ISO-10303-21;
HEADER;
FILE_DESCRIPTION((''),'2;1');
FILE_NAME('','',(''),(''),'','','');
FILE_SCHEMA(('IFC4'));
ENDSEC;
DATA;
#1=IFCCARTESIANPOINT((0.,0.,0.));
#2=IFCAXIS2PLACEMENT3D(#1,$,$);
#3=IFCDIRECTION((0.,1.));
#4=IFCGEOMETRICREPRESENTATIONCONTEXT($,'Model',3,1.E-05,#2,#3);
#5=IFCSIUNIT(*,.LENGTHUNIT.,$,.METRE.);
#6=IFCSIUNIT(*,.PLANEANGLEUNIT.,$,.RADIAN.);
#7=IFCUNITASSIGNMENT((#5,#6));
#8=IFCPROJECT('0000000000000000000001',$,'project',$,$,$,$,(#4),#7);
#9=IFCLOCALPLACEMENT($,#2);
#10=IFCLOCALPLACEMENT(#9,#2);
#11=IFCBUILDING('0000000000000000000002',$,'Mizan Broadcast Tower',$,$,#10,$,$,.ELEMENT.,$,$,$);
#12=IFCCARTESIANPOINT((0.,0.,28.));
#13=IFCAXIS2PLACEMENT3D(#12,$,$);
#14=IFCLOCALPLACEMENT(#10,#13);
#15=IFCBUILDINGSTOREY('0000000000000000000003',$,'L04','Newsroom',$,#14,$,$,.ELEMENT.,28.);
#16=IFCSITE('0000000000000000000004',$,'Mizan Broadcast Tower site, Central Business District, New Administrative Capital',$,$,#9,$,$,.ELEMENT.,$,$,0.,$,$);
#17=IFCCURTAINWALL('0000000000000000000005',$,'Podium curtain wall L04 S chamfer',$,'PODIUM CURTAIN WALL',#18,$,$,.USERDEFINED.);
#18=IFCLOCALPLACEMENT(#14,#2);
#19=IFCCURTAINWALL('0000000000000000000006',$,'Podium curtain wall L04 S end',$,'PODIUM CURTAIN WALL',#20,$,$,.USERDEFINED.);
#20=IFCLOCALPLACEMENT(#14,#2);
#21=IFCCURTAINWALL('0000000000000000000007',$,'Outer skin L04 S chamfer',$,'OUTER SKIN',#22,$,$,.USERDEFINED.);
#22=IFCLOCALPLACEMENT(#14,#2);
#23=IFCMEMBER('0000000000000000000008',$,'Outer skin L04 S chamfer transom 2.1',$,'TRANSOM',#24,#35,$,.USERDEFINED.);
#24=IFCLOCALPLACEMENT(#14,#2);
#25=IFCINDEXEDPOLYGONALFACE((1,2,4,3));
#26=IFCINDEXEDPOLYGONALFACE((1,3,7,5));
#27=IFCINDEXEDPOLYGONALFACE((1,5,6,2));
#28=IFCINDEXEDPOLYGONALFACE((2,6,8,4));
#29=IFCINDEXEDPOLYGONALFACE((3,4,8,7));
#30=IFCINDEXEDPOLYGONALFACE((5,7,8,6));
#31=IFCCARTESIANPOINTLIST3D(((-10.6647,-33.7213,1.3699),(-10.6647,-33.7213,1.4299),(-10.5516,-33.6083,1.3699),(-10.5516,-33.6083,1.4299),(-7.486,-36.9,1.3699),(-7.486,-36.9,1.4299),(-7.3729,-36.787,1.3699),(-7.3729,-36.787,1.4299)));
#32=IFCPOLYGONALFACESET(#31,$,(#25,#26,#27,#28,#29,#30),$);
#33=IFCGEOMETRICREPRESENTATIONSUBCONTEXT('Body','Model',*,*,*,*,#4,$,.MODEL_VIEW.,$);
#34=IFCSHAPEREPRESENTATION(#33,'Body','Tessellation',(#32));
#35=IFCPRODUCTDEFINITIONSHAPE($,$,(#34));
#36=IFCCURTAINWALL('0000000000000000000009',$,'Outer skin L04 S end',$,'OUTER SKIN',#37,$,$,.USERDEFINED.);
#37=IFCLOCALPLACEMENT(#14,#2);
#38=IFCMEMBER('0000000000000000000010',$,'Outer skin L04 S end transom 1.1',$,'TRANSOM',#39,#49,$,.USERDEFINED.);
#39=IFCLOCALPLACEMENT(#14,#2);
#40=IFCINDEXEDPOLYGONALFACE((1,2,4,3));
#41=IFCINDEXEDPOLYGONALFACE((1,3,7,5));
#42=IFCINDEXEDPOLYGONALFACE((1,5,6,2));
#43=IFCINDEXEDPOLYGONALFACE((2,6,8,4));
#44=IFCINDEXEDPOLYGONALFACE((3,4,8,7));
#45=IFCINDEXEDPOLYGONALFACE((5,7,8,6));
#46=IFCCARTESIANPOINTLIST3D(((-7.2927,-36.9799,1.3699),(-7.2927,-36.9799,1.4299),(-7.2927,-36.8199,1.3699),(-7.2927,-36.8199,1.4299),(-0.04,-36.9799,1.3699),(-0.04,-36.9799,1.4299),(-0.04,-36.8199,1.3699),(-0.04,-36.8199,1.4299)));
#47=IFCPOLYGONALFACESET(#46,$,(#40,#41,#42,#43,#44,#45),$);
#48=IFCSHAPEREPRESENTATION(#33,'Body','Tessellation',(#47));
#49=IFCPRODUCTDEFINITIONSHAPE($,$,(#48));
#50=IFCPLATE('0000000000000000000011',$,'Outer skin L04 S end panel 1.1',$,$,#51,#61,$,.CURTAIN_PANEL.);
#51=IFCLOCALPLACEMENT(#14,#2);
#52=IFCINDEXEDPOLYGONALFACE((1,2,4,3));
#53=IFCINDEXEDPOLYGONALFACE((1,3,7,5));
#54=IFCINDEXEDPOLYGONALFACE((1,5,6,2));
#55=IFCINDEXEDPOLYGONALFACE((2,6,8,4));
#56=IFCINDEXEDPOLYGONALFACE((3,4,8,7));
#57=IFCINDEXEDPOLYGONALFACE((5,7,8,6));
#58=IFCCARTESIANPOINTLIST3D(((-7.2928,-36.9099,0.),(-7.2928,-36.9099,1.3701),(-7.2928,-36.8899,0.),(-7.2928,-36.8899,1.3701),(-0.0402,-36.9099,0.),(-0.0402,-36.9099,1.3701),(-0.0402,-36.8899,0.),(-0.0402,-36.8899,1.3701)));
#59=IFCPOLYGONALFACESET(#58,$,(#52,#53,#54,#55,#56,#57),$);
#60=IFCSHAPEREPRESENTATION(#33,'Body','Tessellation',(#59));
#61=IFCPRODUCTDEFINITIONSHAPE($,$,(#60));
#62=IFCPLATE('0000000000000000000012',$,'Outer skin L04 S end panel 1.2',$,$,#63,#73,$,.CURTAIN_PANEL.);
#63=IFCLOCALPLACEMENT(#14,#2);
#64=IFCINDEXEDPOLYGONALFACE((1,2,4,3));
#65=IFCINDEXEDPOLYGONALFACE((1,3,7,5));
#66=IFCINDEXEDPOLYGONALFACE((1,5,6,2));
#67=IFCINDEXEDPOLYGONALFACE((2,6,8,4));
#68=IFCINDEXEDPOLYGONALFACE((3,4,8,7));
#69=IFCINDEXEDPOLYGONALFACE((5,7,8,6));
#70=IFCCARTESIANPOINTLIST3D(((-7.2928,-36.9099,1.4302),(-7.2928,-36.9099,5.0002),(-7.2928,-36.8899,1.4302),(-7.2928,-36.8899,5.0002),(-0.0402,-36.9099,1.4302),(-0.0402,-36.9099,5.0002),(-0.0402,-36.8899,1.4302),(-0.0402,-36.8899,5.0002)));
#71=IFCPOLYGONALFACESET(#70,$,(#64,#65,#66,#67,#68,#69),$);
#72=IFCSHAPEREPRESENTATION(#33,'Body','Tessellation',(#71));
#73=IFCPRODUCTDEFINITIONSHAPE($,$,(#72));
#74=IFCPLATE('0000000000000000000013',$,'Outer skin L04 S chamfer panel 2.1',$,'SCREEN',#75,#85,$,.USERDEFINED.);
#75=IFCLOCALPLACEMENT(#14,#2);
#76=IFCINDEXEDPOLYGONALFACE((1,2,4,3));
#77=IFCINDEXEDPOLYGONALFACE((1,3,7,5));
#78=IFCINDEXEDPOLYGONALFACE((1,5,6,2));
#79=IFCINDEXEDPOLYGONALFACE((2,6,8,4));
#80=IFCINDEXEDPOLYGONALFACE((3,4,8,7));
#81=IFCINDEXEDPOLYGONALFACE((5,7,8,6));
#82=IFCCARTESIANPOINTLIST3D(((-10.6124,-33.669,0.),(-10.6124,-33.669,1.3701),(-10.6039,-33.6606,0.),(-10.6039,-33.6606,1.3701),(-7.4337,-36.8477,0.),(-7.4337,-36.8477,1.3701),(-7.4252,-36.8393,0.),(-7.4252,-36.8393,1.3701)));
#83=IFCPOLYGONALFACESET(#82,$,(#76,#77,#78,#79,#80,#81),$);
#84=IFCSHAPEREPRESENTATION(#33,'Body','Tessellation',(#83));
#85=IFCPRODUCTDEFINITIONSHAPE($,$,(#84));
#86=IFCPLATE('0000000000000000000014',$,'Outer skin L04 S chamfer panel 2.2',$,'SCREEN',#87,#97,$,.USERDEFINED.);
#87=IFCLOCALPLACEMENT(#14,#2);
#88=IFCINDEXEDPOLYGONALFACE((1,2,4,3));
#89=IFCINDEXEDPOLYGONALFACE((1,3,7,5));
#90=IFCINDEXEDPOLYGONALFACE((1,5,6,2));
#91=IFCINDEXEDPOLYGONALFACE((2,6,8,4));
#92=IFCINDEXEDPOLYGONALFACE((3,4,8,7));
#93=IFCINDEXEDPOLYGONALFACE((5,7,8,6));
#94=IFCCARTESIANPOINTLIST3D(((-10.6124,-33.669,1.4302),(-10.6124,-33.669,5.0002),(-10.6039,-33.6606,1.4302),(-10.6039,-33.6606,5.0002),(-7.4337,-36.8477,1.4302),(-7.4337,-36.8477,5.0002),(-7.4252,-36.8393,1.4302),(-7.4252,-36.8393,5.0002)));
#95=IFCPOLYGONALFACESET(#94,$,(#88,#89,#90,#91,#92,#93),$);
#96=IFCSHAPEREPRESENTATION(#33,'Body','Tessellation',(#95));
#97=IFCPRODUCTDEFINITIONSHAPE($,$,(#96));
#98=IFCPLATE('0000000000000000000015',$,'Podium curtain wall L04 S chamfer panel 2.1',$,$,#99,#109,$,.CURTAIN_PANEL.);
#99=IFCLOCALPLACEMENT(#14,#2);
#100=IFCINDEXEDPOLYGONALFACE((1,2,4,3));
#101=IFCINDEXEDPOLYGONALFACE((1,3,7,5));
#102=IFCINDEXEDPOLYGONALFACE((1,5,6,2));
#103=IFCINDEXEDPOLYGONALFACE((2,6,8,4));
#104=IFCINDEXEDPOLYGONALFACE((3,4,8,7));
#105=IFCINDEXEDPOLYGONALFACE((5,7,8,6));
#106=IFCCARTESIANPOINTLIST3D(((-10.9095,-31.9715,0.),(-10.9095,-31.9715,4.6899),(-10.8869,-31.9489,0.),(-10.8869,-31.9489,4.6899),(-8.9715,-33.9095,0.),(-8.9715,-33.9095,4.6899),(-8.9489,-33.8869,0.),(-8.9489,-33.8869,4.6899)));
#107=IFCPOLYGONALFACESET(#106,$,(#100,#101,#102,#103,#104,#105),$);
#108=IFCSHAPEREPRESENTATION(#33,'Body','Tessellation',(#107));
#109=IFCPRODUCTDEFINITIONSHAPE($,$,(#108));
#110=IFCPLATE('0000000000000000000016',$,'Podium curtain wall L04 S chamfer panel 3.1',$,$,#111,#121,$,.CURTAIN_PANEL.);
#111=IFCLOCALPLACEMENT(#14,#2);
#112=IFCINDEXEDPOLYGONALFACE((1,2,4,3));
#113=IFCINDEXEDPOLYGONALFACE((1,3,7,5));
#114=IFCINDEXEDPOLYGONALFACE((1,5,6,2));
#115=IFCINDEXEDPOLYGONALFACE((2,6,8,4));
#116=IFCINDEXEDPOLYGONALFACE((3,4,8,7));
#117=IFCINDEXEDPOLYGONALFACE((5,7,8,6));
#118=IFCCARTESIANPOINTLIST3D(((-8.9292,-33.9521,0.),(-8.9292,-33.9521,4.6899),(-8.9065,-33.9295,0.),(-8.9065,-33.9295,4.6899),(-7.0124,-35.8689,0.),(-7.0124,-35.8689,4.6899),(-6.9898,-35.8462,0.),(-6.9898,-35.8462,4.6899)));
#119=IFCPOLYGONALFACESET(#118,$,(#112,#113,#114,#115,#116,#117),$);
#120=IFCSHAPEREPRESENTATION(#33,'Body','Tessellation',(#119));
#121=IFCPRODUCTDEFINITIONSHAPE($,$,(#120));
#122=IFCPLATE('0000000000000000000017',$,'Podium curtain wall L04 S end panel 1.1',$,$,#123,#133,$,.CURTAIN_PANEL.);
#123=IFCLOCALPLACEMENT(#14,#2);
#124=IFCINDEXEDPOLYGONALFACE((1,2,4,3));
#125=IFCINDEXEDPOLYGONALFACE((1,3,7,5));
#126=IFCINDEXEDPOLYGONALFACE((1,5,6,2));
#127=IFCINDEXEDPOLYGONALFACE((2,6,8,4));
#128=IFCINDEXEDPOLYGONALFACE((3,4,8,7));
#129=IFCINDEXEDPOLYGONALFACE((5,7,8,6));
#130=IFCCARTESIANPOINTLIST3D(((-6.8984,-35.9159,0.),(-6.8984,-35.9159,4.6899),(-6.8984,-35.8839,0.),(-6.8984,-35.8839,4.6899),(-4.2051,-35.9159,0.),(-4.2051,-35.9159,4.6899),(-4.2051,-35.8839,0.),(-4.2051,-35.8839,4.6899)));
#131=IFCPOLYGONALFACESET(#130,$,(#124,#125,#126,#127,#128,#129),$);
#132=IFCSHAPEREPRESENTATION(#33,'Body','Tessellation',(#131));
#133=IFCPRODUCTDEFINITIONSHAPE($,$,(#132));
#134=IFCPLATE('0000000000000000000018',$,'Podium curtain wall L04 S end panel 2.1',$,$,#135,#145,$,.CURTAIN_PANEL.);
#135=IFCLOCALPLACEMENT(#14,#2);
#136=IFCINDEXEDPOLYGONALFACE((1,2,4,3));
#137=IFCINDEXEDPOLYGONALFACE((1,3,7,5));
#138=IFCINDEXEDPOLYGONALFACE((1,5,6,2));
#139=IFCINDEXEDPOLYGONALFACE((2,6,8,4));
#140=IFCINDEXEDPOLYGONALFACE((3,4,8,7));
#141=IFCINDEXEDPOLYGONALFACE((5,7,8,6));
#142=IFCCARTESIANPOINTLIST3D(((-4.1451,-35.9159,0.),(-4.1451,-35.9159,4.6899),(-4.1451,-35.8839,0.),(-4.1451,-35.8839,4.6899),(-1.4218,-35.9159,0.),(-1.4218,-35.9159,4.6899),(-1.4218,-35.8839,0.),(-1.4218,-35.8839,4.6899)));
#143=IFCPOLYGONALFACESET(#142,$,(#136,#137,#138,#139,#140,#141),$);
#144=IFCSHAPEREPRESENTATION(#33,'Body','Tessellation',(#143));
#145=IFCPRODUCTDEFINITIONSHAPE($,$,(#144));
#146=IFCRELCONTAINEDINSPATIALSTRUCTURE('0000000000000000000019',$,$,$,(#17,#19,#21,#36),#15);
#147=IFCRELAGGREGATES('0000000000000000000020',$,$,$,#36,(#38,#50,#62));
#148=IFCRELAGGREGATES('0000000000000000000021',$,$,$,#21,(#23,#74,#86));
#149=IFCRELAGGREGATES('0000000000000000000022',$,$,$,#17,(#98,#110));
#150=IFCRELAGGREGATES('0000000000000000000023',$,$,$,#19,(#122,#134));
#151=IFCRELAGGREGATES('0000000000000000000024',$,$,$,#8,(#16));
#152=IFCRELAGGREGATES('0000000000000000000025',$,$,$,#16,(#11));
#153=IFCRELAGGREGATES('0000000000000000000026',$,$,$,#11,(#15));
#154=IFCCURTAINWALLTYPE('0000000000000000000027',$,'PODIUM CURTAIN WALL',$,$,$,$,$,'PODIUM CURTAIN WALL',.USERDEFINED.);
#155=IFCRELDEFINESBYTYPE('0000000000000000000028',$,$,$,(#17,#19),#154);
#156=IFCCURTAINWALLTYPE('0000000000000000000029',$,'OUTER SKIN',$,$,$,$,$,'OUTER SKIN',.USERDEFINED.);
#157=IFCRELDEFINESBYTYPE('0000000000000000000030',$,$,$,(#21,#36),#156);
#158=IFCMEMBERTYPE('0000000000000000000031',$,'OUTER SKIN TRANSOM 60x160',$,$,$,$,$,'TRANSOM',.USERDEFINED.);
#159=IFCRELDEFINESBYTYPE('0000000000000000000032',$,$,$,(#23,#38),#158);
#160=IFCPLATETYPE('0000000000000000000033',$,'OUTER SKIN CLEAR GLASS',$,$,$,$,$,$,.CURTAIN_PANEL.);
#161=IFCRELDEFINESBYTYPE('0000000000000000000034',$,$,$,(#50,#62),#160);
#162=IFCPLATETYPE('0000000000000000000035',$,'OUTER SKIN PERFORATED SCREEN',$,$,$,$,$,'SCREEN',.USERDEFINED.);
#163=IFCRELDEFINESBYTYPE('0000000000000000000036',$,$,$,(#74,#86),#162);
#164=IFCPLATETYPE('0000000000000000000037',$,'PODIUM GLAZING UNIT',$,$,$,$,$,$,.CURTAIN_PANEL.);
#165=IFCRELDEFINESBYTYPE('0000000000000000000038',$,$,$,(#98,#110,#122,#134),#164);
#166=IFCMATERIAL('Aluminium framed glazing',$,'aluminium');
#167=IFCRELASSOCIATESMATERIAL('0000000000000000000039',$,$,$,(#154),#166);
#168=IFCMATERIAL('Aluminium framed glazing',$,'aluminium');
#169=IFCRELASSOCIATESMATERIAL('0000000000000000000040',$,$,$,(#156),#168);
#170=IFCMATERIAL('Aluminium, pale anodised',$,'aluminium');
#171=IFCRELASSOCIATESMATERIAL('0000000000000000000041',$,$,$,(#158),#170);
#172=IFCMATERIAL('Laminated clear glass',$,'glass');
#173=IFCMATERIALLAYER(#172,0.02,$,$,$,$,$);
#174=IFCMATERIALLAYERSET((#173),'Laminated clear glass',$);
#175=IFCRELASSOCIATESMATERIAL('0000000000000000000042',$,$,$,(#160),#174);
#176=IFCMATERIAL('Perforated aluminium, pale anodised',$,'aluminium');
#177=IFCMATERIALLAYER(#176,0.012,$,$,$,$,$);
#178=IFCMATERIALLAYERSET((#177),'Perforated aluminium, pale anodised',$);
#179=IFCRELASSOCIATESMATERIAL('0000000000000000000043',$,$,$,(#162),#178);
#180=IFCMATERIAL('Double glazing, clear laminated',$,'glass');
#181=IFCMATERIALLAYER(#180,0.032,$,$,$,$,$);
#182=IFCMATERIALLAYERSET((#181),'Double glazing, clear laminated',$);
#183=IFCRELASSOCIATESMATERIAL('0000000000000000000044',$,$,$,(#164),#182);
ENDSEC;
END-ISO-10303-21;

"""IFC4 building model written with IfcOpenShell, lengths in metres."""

from ifc_helpers import new_model, si_unit, direction, frame, origin, origin_2d, place, context, subcontext, project, spatial, rectangle, extrude, material, layer, layer_set, material_profile, profile_set, type_object, element, aggregate, save


model = new_model("IFC4")

# Units and contexts
model_context = context("Model", 3, precision=1e-05, world=origin(), true_north=direction((0.0, 1.0)))
body_context = subcontext(model_context, "Body", "Model", "MODEL_VIEW")
ifc_project = project(units=[si_unit("LENGTHUNIT", "METRE"), si_unit("PLANEANGLEUNIT", "RADIAN")], contexts=[model_context])

# Site, building, storey
site_placement = place(None, origin())
site = spatial("IfcSite", under=ifc_project, at=site_placement, Name="Mizan Broadcast Tower site, Central Business District, New Administrative Capital", CompositionType="ELEMENT", RefElevation=0.0)
building_placement = place(site_placement, origin())
building = spatial("IfcBuilding", under=site, at=building_placement, Name="Mizan Broadcast Tower", CompositionType="ELEMENT")
storey_placement = place(building_placement, frame((0.0, 0.0, 28.0)))
storey = spatial("IfcBuildingStorey", under=building, at=storey_placement, Name="L04", Description="Newsroom", CompositionType="ELEMENT", Elevation=28.0)

# Curtain walls
ifc_material_1 = material(Name="Aluminium framed glazing", Category="aluminium")
curtain_wall_type_1 = type_object("IfcCurtainWallType", Name="PODIUM CURTAIN WALL", ElementType="PODIUM CURTAIN WALL", PredefinedType="USERDEFINED", material=ifc_material_1)
curtain_wall_1_placement = place(storey_placement, origin())
curtain_wall_1 = element("IfcCurtainWall", 1, at=curtain_wall_1_placement, inside=storey, type_object=curtain_wall_type_1, Name="Podium curtain wall L04 S chamfer", ObjectType="PODIUM CURTAIN WALL", PredefinedType="USERDEFINED")
curtain_wall_2_placement = place(storey_placement, origin())
curtain_wall_2 = element("IfcCurtainWall", 2, at=curtain_wall_2_placement, inside=storey, type_object=curtain_wall_type_1, Name="Podium curtain wall L04 S end", ObjectType="PODIUM CURTAIN WALL", PredefinedType="USERDEFINED")

# Curtain wall, member
ifc_material_2 = material(Name="Aluminium framed glazing", Category="aluminium")
curtain_wall_type_2 = type_object("IfcCurtainWallType", Name="OUTER SKIN", ElementType="OUTER SKIN", PredefinedType="USERDEFINED", material=ifc_material_2)
curtain_wall_3_placement = place(storey_placement, origin())
curtain_wall_3 = element("IfcCurtainWall", 3, at=curtain_wall_3_placement, inside=storey, type_object=curtain_wall_type_2, Name="Outer skin L04 S chamfer", ObjectType="OUTER SKIN", PredefinedType="USERDEFINED")
ifc_material_3 = material(Name="Aluminium, pale anodised", Category="aluminium")
ifc_material_profile_1 = material_profile(ifc_material_3, rectangle(XDim=0.1599, YDim=0.0601, at=origin_2d()), Name="TRANSOM 160x60")
ifc_profile_set_1 = profile_set([ifc_material_profile_1], Name="Aluminium, pale anodised")
member_type_1 = type_object("IfcMemberType", Name="OUTER SKIN TRANSOM 60x160", ElementType="TRANSOM", PredefinedType="USERDEFINED", material=ifc_profile_set_1)
member_1_placement = place(storey_placement, frame((-10.6082, -33.6648, 1.3999), z_axis=(0.707107, -0.707107, 0.0), x_axis=(0.707107, 0.707107, 0.0)))
member_1 = element("IfcMember", 4, at=member_1_placement, type_object=member_type_1, Name="Outer skin L04 S chamfer transom 2.1", ObjectType="TRANSOM", PredefinedType="USERDEFINED", context=body_context, shape_type="SweptSolid", body=[
    extrude(rectangle(XDim=0.1599, YDim=0.0601, at=origin_2d()), origin(), (0.0, 0.0, 1.0), 4.4954),
])

# Curtain wall, member, plates
curtain_wall_4_placement = place(storey_placement, origin())
curtain_wall_4 = element("IfcCurtainWall", 5, at=curtain_wall_4_placement, inside=storey, type_object=curtain_wall_type_2, Name="Outer skin L04 S end", ObjectType="OUTER SKIN", PredefinedType="USERDEFINED")
member_2_placement = place(storey_placement, frame((-7.2927, -36.8999, 1.3999), z_axis=(1.0, 0.0, 0.0), x_axis=(0.0, 1.0, 0.0)))
member_2 = element("IfcMember", 6, at=member_2_placement, type_object=member_type_1, Name="Outer skin L04 S end transom 1.1", ObjectType="TRANSOM", PredefinedType="USERDEFINED", context=body_context, shape_type="SweptSolid", body=[
    extrude(rectangle(XDim=0.1599, YDim=0.0601, at=origin_2d()), origin(), (0.0, 0.0, 1.0), 7.2527),
])
ifc_material_4 = material(Name="Laminated clear glass", Category="glass")
ifc_layer_1 = layer(ifc_material_4, 0.02)
ifc_layer_set_1 = layer_set([ifc_layer_1], Name="Laminated clear glass")
plate_type_1 = type_object("IfcPlateType", Name="OUTER SKIN CLEAR GLASS", PredefinedType="CURTAIN_PANEL", material=ifc_layer_set_1)
plate_1_placement = place(storey_placement, frame((-3.6665, -36.8999, 0.0), z_axis=(0.0, 0.0, 1.0), x_axis=(1.0, 0.0, 0.0)))
plate_1 = element("IfcPlate", 7, at=plate_1_placement, type_object=plate_type_1, Name="Outer skin L04 S end panel 1.1", PredefinedType="CURTAIN_PANEL", context=body_context, shape_type="SweptSolid", body=[
    extrude(rectangle(XDim=7.2527, YDim=0.02, at=origin_2d()), origin(), (0.0, 0.0, 1.0), 1.3701),
])
plate_2_placement = place(storey_placement, frame((-3.6665, -36.8999, 1.4302), z_axis=(0.0, 0.0, 1.0), x_axis=(1.0, 0.0, 0.0)))
plate_2 = element("IfcPlate", 8, at=plate_2_placement, type_object=plate_type_1, Name="Outer skin L04 S end panel 1.2", PredefinedType="CURTAIN_PANEL", context=body_context, shape_type="SweptSolid", body=[
    extrude(rectangle(XDim=7.2527, YDim=0.02, at=origin_2d()), origin(), (0.0, 0.0, 1.0), 3.5701),
])
aggregate(curtain_wall_4, [member_2, plate_1, plate_2])

# Plates
ifc_material_5 = material(Name="Perforated aluminium, pale anodised", Category="aluminium")
ifc_layer_2 = layer(ifc_material_5, 0.012)
ifc_layer_set_2 = layer_set([ifc_layer_2], Name="Perforated aluminium, pale anodised")
plate_type_2 = type_object("IfcPlateType", Name="OUTER SKIN PERFORATED SCREEN", ElementType="SCREEN", PredefinedType="USERDEFINED", material=ifc_layer_set_2)
plate_3_placement = place(storey_placement, frame((-9.0188, -35.2542, 0.0), z_axis=(0.0, 0.0, 1.0), x_axis=(0.707107, -0.707107, 0.0)))
plate_3 = element("IfcPlate", 9, at=plate_3_placement, type_object=plate_type_2, Name="Outer skin L04 S chamfer panel 2.1", ObjectType="SCREEN", PredefinedType="USERDEFINED", context=body_context, shape_type="SweptSolid", body=[
    extrude(rectangle(XDim=4.4954, YDim=0.012, at=origin_2d()), origin(), (0.0, 0.0, 1.0), 1.3701),
])
plate_4_placement = place(storey_placement, frame((-9.0188, -35.2542, 1.4302), z_axis=(0.0, 0.0, 1.0), x_axis=(0.707107, -0.707107, 0.0)))
plate_4 = element("IfcPlate", 10, at=plate_4_placement, type_object=plate_type_2, Name="Outer skin L04 S chamfer panel 2.2", ObjectType="SCREEN", PredefinedType="USERDEFINED", context=body_context, shape_type="SweptSolid", body=[
    extrude(rectangle(XDim=4.4954, YDim=0.012, at=origin_2d()), origin(), (0.0, 0.0, 1.0), 3.5701),
])
aggregate(curtain_wall_3, [member_1, plate_3, plate_4])
ifc_material_6 = material(Name="Double glazing, clear laminated", Category="glass")
ifc_layer_3 = layer(ifc_material_6, 0.032)
ifc_layer_set_3 = layer_set([ifc_layer_3], Name="Double glazing, clear laminated")
plate_type_3 = type_object("IfcPlateType", Name="PODIUM GLAZING UNIT", PredefinedType="CURTAIN_PANEL", material=ifc_layer_set_3)
plate_5_placement = place(storey_placement, frame((-9.9292, -32.9292, 0.0), z_axis=(0.0, 0.0, 1.0), x_axis=(0.707107, -0.707107, 0.0)))
plate_5 = element("IfcPlate", 11, at=plate_5_placement, type_object=plate_type_3, Name="Podium curtain wall L04 S chamfer panel 2.1", PredefinedType="CURTAIN_PANEL", context=body_context, shape_type="SweptSolid", body=[
    extrude(rectangle(XDim=2.7407, YDim=0.032, at=origin_2d()), origin(), (0.0, 0.0, 1.0), 4.6899),
])
plate_6_placement = place(storey_placement, frame((-7.9595, -34.8992, 0.0), z_axis=(0.0, 0.0, 1.0), x_axis=(0.707107, -0.707107, 0.0)))
plate_6 = element("IfcPlate", 12, at=plate_6_placement, type_object=plate_type_3, Name="Podium curtain wall L04 S chamfer panel 3.1", PredefinedType="CURTAIN_PANEL", context=body_context, shape_type="SweptSolid", body=[
    extrude(rectangle(XDim=2.7107, YDim=0.032, at=origin_2d()), origin(), (0.0, 0.0, 1.0), 4.6899),
])
aggregate(curtain_wall_1, [plate_5, plate_6])
plate_7_placement = place(storey_placement, frame((-5.5518, -35.8999, 0.0), z_axis=(0.0, 0.0, 1.0), x_axis=(1.0, 0.0, 0.0)))
plate_7 = element("IfcPlate", 13, at=plate_7_placement, type_object=plate_type_3, Name="Podium curtain wall L04 S end panel 1.1", PredefinedType="CURTAIN_PANEL", context=body_context, shape_type="SweptSolid", body=[
    extrude(rectangle(XDim=2.6934, YDim=0.032, at=origin_2d()), origin(), (0.0, 0.0, 1.0), 4.6899),
])
plate_8_placement = place(storey_placement, frame((-2.7834, -35.8999, 0.0), z_axis=(0.0, 0.0, 1.0), x_axis=(1.0, 0.0, 0.0)))
plate_8 = element("IfcPlate", 14, at=plate_8_placement, type_object=plate_type_3, Name="Podium curtain wall L04 S end panel 2.1", PredefinedType="CURTAIN_PANEL", context=body_context, shape_type="SweptSolid", body=[
    extrude(rectangle(XDim=2.7234, YDim=0.032, at=origin_2d()), origin(), (0.0, 0.0, 1.0), 4.6899),
])
aggregate(curtain_wall_2, [plate_7, plate_8])

save(model, "model.ifc")
